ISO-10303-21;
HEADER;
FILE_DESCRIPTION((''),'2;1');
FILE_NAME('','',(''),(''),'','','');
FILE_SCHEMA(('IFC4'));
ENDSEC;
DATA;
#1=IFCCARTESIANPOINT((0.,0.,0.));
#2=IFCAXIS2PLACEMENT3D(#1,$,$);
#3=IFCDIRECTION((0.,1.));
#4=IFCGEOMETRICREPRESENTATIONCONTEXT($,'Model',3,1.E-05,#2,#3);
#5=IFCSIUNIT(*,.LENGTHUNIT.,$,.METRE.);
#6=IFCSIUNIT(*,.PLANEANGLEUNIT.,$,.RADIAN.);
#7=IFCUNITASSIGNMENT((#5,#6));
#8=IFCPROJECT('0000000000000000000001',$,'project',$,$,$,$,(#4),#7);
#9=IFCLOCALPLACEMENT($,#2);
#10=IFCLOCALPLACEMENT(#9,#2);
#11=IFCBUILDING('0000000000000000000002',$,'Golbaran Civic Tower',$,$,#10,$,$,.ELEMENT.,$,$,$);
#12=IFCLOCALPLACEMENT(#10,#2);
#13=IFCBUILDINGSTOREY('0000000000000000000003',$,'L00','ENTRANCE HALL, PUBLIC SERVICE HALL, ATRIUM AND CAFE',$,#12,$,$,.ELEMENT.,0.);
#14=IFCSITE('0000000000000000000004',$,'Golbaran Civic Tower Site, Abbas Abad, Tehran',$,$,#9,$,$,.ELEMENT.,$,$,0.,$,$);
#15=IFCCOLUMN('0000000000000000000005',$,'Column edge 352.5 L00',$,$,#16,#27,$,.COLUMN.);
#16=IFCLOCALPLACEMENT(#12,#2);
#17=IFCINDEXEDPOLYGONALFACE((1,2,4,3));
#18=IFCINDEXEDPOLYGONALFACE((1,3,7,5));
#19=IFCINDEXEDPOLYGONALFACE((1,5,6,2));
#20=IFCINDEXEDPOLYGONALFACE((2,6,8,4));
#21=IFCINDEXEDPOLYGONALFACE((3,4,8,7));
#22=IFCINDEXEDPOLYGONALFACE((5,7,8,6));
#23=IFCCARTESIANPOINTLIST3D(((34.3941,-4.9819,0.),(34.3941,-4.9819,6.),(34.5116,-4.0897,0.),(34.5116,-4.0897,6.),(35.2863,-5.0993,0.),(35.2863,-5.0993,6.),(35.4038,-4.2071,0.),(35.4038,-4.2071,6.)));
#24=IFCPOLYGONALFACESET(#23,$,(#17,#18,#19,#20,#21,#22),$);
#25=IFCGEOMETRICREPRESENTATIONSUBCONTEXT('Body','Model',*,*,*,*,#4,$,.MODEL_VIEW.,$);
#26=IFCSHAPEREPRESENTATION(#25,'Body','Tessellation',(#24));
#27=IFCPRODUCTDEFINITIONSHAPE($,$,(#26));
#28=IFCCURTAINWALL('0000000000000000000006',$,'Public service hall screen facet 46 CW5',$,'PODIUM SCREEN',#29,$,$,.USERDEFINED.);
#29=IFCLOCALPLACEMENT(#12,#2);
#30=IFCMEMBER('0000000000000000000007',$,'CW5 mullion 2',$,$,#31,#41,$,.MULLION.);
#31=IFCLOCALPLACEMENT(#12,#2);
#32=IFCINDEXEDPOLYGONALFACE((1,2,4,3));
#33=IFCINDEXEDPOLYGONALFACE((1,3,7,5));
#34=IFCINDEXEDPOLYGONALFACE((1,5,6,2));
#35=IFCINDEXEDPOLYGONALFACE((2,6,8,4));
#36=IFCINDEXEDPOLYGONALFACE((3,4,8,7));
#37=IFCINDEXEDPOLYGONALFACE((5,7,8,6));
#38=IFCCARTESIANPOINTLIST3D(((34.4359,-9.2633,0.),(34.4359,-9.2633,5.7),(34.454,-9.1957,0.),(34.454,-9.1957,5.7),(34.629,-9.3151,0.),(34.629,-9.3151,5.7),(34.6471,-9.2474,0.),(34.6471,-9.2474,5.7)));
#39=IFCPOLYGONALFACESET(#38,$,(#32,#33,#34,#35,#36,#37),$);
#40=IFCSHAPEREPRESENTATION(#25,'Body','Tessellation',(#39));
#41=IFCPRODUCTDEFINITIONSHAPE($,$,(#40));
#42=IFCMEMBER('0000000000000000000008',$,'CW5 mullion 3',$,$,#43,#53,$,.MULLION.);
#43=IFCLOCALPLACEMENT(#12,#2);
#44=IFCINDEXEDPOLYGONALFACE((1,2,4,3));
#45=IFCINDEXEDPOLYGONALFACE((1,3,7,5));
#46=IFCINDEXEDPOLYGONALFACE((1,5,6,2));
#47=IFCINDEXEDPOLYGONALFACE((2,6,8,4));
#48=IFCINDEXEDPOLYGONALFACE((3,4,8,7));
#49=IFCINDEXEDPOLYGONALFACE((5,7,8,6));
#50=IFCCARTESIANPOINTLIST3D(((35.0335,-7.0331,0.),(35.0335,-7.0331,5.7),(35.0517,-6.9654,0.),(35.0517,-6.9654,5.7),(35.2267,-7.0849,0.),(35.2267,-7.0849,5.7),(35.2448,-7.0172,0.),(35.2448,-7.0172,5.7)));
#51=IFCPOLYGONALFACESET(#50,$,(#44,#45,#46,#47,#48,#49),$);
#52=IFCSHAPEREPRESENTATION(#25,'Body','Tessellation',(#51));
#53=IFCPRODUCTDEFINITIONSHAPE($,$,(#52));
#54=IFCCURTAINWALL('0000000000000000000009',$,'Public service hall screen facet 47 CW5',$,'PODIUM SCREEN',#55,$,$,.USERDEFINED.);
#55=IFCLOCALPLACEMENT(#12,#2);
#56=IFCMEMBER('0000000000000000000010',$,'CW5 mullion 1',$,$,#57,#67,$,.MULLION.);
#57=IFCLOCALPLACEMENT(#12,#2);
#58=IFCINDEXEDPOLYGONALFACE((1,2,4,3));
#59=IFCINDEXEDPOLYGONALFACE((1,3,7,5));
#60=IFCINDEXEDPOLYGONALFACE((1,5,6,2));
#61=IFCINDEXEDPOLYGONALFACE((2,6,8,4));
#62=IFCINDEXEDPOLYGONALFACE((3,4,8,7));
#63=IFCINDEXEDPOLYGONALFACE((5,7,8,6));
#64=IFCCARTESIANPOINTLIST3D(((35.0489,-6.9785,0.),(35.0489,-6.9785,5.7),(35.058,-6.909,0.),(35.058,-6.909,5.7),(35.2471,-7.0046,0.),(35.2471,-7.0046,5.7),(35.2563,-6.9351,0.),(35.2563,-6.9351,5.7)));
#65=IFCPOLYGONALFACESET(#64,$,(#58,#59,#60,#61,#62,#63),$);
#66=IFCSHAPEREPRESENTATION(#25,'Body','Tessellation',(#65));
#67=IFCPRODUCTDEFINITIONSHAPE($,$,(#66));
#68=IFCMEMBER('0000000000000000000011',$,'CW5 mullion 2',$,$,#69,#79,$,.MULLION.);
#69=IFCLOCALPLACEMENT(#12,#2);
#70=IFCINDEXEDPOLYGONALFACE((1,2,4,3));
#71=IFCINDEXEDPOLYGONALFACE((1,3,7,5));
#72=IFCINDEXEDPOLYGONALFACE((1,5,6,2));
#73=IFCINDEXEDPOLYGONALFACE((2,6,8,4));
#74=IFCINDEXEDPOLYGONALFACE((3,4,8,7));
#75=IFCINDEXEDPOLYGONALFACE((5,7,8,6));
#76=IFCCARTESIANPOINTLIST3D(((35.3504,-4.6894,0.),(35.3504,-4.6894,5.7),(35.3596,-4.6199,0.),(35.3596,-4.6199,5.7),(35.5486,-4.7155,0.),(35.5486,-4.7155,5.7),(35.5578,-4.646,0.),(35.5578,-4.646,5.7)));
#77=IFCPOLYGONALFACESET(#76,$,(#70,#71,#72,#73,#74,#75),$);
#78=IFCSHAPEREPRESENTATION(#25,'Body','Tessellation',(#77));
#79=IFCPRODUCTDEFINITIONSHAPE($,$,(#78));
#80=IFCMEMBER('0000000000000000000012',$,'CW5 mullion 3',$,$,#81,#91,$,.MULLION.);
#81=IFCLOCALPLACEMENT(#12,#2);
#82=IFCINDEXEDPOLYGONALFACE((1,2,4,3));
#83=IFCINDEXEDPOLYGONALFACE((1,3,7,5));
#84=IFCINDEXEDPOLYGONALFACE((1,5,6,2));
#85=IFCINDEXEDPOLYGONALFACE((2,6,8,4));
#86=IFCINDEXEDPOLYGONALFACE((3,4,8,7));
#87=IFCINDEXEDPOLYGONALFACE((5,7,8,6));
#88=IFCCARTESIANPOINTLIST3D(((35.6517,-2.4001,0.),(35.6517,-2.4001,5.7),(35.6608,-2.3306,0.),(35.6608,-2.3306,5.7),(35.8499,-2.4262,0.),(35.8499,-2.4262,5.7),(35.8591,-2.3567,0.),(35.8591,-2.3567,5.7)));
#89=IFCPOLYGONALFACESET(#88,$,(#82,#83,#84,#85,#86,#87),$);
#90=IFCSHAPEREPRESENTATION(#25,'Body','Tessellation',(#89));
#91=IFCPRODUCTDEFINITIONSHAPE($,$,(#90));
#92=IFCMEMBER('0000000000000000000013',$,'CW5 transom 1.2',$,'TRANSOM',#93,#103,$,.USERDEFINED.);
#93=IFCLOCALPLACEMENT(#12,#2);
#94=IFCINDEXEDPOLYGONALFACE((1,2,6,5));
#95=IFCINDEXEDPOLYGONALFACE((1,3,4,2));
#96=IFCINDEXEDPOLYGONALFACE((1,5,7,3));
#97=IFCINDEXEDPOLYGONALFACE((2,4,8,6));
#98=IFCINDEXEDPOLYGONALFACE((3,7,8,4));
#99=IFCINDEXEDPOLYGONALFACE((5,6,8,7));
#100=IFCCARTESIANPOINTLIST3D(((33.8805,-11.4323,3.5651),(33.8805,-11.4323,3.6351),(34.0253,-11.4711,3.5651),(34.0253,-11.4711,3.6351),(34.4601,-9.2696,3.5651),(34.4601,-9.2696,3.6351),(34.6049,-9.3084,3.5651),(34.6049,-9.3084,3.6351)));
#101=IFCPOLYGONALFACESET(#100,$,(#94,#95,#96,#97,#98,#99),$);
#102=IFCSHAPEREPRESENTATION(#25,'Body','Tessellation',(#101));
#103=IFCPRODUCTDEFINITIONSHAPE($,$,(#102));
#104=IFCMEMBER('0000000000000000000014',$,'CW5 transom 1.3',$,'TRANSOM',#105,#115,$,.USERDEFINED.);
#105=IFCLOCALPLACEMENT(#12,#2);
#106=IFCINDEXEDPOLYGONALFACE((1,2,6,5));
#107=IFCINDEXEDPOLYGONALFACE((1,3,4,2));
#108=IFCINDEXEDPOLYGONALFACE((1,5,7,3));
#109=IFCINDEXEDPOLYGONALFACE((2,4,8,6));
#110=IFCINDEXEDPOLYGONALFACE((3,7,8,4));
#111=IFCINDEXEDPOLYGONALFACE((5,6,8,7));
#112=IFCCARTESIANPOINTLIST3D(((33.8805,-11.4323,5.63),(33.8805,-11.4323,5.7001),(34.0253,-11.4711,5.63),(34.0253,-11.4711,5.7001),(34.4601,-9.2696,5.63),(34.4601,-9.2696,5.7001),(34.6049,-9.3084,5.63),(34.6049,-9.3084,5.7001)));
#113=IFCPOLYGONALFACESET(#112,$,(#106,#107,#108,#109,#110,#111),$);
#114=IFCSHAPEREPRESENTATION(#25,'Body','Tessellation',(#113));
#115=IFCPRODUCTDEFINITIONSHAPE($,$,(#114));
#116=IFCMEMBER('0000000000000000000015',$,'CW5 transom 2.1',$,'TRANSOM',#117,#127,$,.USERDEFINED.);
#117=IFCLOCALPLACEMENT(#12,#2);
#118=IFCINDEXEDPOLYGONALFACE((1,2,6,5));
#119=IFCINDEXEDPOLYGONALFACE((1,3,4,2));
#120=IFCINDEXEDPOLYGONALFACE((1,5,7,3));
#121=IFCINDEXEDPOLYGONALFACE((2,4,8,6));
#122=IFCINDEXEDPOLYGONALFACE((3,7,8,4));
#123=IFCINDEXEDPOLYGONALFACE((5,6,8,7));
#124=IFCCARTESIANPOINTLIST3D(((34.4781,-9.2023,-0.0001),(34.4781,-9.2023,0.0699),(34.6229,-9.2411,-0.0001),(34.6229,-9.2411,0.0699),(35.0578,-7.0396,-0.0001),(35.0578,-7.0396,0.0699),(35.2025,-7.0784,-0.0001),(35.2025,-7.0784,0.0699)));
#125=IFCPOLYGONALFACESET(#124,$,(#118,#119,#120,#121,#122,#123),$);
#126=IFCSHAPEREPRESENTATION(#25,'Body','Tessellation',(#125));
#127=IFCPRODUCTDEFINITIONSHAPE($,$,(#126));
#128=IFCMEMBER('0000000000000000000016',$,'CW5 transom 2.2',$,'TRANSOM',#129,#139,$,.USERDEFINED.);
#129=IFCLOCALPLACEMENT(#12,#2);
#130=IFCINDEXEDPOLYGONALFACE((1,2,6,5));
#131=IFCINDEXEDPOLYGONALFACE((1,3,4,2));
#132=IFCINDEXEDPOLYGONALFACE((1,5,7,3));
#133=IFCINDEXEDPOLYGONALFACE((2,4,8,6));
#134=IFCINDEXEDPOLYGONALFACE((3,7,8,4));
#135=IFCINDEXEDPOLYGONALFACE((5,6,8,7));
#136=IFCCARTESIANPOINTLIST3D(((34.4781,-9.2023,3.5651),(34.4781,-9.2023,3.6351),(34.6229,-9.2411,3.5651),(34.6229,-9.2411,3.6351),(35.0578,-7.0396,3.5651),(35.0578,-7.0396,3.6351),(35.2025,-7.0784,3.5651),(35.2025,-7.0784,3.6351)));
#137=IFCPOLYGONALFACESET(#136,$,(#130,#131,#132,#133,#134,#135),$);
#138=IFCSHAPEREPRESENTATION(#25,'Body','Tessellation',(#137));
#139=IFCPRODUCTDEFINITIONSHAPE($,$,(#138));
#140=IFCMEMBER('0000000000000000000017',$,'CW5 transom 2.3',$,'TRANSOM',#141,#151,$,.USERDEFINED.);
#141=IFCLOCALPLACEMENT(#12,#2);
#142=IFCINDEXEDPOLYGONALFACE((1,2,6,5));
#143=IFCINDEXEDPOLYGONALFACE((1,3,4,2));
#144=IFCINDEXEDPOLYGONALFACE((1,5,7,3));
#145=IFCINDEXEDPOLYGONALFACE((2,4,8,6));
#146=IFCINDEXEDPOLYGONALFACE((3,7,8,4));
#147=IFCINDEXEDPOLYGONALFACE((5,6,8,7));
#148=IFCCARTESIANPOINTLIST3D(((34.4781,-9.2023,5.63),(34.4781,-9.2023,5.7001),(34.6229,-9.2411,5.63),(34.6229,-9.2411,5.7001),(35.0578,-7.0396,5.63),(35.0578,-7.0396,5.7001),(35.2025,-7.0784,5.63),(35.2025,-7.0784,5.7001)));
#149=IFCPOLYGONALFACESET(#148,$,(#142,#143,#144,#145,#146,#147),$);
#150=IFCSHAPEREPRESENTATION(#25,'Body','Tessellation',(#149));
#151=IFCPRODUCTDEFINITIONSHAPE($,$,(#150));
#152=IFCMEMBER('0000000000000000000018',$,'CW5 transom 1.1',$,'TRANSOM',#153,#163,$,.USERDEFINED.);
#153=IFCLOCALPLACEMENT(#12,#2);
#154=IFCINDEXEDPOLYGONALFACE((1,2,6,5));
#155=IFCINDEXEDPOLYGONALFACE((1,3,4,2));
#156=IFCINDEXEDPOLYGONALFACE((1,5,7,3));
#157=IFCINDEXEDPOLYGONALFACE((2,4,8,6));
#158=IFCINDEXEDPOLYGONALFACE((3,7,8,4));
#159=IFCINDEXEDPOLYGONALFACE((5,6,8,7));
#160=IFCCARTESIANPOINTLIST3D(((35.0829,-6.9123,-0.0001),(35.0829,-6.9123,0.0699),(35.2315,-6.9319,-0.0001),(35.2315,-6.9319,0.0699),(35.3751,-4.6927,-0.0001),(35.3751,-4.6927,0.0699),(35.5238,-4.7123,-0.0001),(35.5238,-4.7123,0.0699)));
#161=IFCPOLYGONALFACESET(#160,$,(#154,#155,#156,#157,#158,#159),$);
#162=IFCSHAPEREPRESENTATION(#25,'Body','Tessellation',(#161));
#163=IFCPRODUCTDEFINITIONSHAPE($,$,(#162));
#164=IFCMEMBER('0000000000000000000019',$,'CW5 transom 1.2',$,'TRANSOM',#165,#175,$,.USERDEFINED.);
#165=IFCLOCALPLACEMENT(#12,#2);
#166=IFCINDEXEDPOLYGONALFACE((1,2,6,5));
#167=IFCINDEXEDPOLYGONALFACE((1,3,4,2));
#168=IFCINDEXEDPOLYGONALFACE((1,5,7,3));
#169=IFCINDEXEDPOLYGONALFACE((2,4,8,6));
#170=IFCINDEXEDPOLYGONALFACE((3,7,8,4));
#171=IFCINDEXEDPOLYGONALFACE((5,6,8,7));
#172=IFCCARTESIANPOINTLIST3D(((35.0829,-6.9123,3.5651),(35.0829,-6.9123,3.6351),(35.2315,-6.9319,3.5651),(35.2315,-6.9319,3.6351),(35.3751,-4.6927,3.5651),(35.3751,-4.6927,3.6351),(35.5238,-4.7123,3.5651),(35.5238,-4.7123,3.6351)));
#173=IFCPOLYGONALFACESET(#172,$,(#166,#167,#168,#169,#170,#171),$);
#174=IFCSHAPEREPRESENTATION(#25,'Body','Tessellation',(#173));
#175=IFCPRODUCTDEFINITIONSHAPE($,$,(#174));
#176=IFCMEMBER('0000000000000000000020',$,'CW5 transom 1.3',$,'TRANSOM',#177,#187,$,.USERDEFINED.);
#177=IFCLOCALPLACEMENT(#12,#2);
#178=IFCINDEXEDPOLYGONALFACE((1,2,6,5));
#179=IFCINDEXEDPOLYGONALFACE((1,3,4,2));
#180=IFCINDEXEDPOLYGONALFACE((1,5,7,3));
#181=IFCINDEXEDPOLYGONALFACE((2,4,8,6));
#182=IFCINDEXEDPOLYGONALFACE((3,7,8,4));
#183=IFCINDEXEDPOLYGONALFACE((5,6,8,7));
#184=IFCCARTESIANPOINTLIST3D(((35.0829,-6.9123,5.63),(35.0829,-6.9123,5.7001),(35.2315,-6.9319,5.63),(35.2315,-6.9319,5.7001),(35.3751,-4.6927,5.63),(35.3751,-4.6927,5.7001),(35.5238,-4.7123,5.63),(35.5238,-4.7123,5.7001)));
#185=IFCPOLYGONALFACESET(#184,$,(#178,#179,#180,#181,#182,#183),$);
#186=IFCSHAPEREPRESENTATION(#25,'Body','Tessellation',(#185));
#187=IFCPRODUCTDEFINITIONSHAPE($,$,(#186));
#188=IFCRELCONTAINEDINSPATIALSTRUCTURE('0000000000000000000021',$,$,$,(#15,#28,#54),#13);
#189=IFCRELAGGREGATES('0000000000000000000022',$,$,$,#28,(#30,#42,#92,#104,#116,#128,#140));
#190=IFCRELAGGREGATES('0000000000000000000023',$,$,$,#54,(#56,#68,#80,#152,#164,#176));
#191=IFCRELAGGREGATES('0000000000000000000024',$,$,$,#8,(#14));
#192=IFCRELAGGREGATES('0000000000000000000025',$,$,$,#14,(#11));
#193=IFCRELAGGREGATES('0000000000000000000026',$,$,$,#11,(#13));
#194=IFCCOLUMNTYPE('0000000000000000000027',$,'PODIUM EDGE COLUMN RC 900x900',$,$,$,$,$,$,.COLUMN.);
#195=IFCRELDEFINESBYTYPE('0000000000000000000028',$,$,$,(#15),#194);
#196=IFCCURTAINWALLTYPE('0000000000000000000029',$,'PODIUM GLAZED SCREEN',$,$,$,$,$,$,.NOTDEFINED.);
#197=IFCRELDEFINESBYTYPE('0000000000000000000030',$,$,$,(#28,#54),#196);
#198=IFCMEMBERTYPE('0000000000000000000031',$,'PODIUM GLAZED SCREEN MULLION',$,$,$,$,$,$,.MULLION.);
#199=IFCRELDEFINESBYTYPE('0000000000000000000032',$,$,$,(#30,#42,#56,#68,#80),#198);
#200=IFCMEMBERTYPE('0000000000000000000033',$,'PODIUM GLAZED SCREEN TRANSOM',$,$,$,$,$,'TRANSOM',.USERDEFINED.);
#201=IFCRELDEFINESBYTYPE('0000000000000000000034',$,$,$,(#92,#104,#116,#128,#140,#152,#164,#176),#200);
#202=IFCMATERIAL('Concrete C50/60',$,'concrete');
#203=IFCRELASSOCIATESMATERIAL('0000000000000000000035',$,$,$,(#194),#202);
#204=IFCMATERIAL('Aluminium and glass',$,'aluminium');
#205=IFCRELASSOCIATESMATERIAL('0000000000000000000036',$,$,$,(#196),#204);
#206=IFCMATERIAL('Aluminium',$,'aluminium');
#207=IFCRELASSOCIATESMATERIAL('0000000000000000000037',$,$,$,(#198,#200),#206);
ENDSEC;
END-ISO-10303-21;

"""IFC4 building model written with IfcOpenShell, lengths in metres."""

from ifc_helpers import new_model, si_unit, direction, frame, origin, origin_2d, place, context, subcontext, project, spatial, rectangle, extrude, material, material_profile, profile_set, type_object, element, aggregate, save


model = new_model("IFC4")

# Units and contexts
model_context = context("Model", 3, precision=1e-05, world=origin(), true_north=direction((0.0, 1.0)))
body_context = subcontext(model_context, "Body", "Model", "MODEL_VIEW")
ifc_project = project(units=[si_unit("LENGTHUNIT", "METRE"), si_unit("PLANEANGLEUNIT", "RADIAN")], contexts=[model_context])

# Site, building, storey
site_placement = place(None, origin())
site = spatial("IfcSite", under=ifc_project, at=site_placement, Name="Golbaran Civic Tower Site, Abbas Abad, Tehran", CompositionType="ELEMENT", RefElevation=0.0)
building_placement = place(site_placement, origin())
building = spatial("IfcBuilding", under=site, at=building_placement, Name="Golbaran Civic Tower", CompositionType="ELEMENT")
storey_placement = place(building_placement, origin())
storey = spatial("IfcBuildingStorey", under=building, at=storey_placement, Name="L00", Description="ENTRANCE HALL, PUBLIC SERVICE HALL, ATRIUM AND CAFE", CompositionType="ELEMENT", Elevation=0.0)

# Column
ifc_material_1 = material(Name="Concrete C50/60", Category="concrete")
ifc_material_profile_1 = material_profile(ifc_material_1, rectangle(XDim=0.8999, YDim=0.8999, at=origin_2d()), Name="RC 900x900")
ifc_profile_set_1 = profile_set([ifc_material_profile_1], Name="Concrete C50/60")
column_type = type_object("IfcColumnType", Name="PODIUM EDGE COLUMN RC 900x900", PredefinedType="COLUMN", material=ifc_profile_set_1)
column_placement = place(storey_placement, frame((34.8989, -4.5945, 0.0), z_axis=(0.0, 0.0, 1.0), x_axis=(0.991445, -0.130526, 0.0)))
element("IfcColumn", 1, at=column_placement, inside=storey, type_object=column_type, Name="Column edge 352.5 L00", PredefinedType="COLUMN", context=body_context, shape_type="SweptSolid", body=[
    extrude(rectangle(XDim=0.8999, YDim=0.8999, at=origin_2d()), origin(), (0.0, 0.0, 1.0), 6.0),
])

# Curtain walls, members
ifc_material_2 = material(Name="Aluminium and glass", Category="aluminium")
curtain_wall_type = type_object("IfcCurtainWallType", Name="PODIUM GLAZED SCREEN", PredefinedType="NOTDEFINED", material=ifc_material_2)
curtain_wall_1_placement = place(storey_placement, origin())
curtain_wall_1 = element("IfcCurtainWall", 2, at=curtain_wall_1_placement, inside=storey, type_object=curtain_wall_type, Name="Public service hall screen facet 46 CW5", ObjectType="PODIUM SCREEN", PredefinedType="USERDEFINED")
ifc_material_3 = material(Name="Aluminium", Category="aluminium")
ifc_material_profile_2 = material_profile(ifc_material_3, rectangle(XDim=0.2, YDim=0.0701, at=origin_2d()), Name="PODIUM GLAZED SCREEN MULLION")
ifc_profile_set_2 = profile_set([ifc_material_profile_2], Name="Aluminium")
member_type_1 = type_object("IfcMemberType", Name="PODIUM GLAZED SCREEN MULLION", PredefinedType="MULLION", material=ifc_profile_set_2)
member_1_placement = place(storey_placement, frame((34.5415, -9.2554, 0.0), z_axis=(0.0, 0.0, 1.0), x_axis=(-0.965926, 0.258819, 0.0)))
member_1 = element("IfcMember", 3, at=member_1_placement, type_object=member_type_1, Name="CW5 mullion 2", PredefinedType="MULLION", context=body_context, shape_type="SweptSolid", body=[
    extrude(rectangle(XDim=0.2, YDim=0.0701, at=origin_2d()), origin(), (0.0, 0.0, 1.0), 5.7),
])
member_2_placement = place(storey_placement, frame((35.1392, -7.0251, 0.0), z_axis=(0.0, 0.0, 1.0), x_axis=(-0.965926, 0.258819, 0.0)))
member_2 = element("IfcMember", 4, at=member_2_placement, type_object=member_type_1, Name="CW5 mullion 3", PredefinedType="MULLION", context=body_context, shape_type="SweptSolid", body=[
    extrude(rectangle(XDim=0.2, YDim=0.0701, at=origin_2d()), origin(), (0.0, 0.0, 1.0), 5.7),
])
curtain_wall_2_placement = place(storey_placement, origin())
curtain_wall_2 = element("IfcCurtainWall", 5, at=curtain_wall_2_placement, inside=storey, type_object=curtain_wall_type, Name="Public service hall screen facet 47 CW5", ObjectType="PODIUM SCREEN", PredefinedType="USERDEFINED")
member_3_placement = place(storey_placement, frame((35.1526, -6.9568, 0.0), z_axis=(0.0, 0.0, 1.0), x_axis=(-0.991445, 0.130526, 0.0)))
member_3 = element("IfcMember", 6, at=member_3_placement, type_object=member_type_1, Name="CW5 mullion 1", PredefinedType="MULLION", context=body_context, shape_type="SweptSolid", body=[
    extrude(rectangle(XDim=0.2, YDim=0.0701, at=origin_2d()), origin(), (0.0, 0.0, 1.0), 5.7),
])
member_4_placement = place(storey_placement, frame((35.4541, -4.6677, 0.0), z_axis=(0.0, 0.0, 1.0), x_axis=(-0.991445, 0.130526, 0.0)))
member_4 = element("IfcMember", 7, at=member_4_placement, type_object=member_type_1, Name="CW5 mullion 2", PredefinedType="MULLION", context=body_context, shape_type="SweptSolid", body=[
    extrude(rectangle(XDim=0.2, YDim=0.0701, at=origin_2d()), origin(), (0.0, 0.0, 1.0), 5.7),
])
member_5_placement = place(storey_placement, frame((35.7554, -2.3784, 0.0), z_axis=(0.0, 0.0, 1.0), x_axis=(-0.991445, 0.130526, 0.0)))
member_5 = element("IfcMember", 8, at=member_5_placement, type_object=member_type_1, Name="CW5 mullion 3", PredefinedType="MULLION", context=body_context, shape_type="SweptSolid", body=[
    extrude(rectangle(XDim=0.2, YDim=0.0701, at=origin_2d()), origin(), (0.0, 0.0, 1.0), 5.7),
])

# Members
ifc_material_profile_3 = material_profile(ifc_material_3, rectangle(XDim=0.1499, YDim=0.0701, at=origin_2d()), Name="PODIUM GLAZED SCREEN TRANSOM")
ifc_profile_set_3 = profile_set([ifc_material_profile_3], Name="Aluminium")
member_type_2 = type_object("IfcMemberType", Name="PODIUM GLAZED SCREEN TRANSOM", ElementType="TRANSOM", PredefinedType="USERDEFINED", material=ifc_profile_set_3)
member_6_placement = place(storey_placement, frame((33.9529, -11.4517, 3.6001), z_axis=(0.258871, 0.965912, 0.0), x_axis=(-0.965912, 0.258871, 0.0)))
member_6 = element("IfcMember", 9, at=member_6_placement, type_object=member_type_2, Name="CW5 transom 1.2", ObjectType="TRANSOM", PredefinedType="USERDEFINED", context=body_context, shape_type="SweptSolid", body=[
    extrude(rectangle(XDim=0.1499, YDim=0.0701, at=origin_2d()), origin(), (0.0, 0.0, 1.0), 2.239),
])
member_7_placement = place(storey_placement, frame((33.9529, -11.4517, 5.665), z_axis=(0.258871, 0.965912, 0.0), x_axis=(-0.965912, 0.258871, 0.0)))
member_7 = element("IfcMember", 10, at=member_7_placement, type_object=member_type_2, Name="CW5 transom 1.3", ObjectType="TRANSOM", PredefinedType="USERDEFINED", context=body_context, shape_type="SweptSolid", body=[
    extrude(rectangle(XDim=0.1499, YDim=0.0701, at=origin_2d()), origin(), (0.0, 0.0, 1.0), 2.239),
])
member_8_placement = place(storey_placement, frame((34.5505, -9.2217, 0.0349), z_axis=(0.258871, 0.965912, 0.0), x_axis=(-0.965912, 0.258871, 0.0)))
member_8 = element("IfcMember", 11, at=member_8_placement, type_object=member_type_2, Name="CW5 transom 2.1", ObjectType="TRANSOM", PredefinedType="USERDEFINED", context=body_context, shape_type="SweptSolid", body=[
    extrude(rectangle(XDim=0.1499, YDim=0.0701, at=origin_2d()), origin(), (0.0, 0.0, 1.0), 2.239),
])
member_9_placement = place(storey_placement, frame((34.5505, -9.2217, 3.6001), z_axis=(0.258871, 0.965912, 0.0), x_axis=(-0.965912, 0.258871, 0.0)))
member_9 = element("IfcMember", 12, at=member_9_placement, type_object=member_type_2, Name="CW5 transom 2.2", ObjectType="TRANSOM", PredefinedType="USERDEFINED", context=body_context, shape_type="SweptSolid", body=[
    extrude(rectangle(XDim=0.1499, YDim=0.0701, at=origin_2d()), origin(), (0.0, 0.0, 1.0), 2.239),
])
member_10_placement = place(storey_placement, frame((34.5505, -9.2217, 5.665), z_axis=(0.258871, 0.965912, 0.0), x_axis=(-0.965912, 0.258871, 0.0)))
member_10 = element("IfcMember", 13, at=member_10_placement, type_object=member_type_2, Name="CW5 transom 2.3", ObjectType="TRANSOM", PredefinedType="USERDEFINED", context=body_context, shape_type="SweptSolid", body=[
    extrude(rectangle(XDim=0.1499, YDim=0.0701, at=origin_2d()), origin(), (0.0, 0.0, 1.0), 2.239),
])
member_11_placement = place(storey_placement, frame((35.1572, -6.9221, 0.0349), z_axis=(0.130528, 0.991445, 0.0), x_axis=(-0.991445, 0.130528, 0.0)))
member_11 = element("IfcMember", 14, at=member_11_placement, type_object=member_type_2, Name="CW5 transom 1.1", ObjectType="TRANSOM", PredefinedType="USERDEFINED", context=body_context, shape_type="SweptSolid", body=[
    extrude(rectangle(XDim=0.1499, YDim=0.0701, at=origin_2d()), origin(), (0.0, 0.0, 1.0), 2.2388),
])
member_12_placement = place(storey_placement, frame((35.1572, -6.9221, 3.6001), z_axis=(0.130528, 0.991445, 0.0), x_axis=(-0.991445, 0.130528, 0.0)))
member_12 = element("IfcMember", 15, at=member_12_placement, type_object=member_type_2, Name="CW5 transom 1.2", ObjectType="TRANSOM", PredefinedType="USERDEFINED", context=body_context, shape_type="SweptSolid", body=[
    extrude(rectangle(XDim=0.1499, YDim=0.0701, at=origin_2d()), origin(), (0.0, 0.0, 1.0), 2.2388),
])
member_13_placement = place(storey_placement, frame((35.1572, -6.9221, 5.665), z_axis=(0.130528, 0.991445, 0.0), x_axis=(-0.991445, 0.130528, 0.0)))
member_13 = element("IfcMember", 16, at=member_13_placement, type_object=member_type_2, Name="CW5 transom 1.3", ObjectType="TRANSOM", PredefinedType="USERDEFINED", context=body_context, shape_type="SweptSolid", body=[
    extrude(rectangle(XDim=0.1499, YDim=0.0701, at=origin_2d()), origin(), (0.0, 0.0, 1.0), 2.2388),
])

aggregate(curtain_wall_1, [member_1, member_2, member_6, member_7, member_8, member_9, member_10])
aggregate(curtain_wall_2, [member_3, member_4, member_5, member_11, member_12, member_13])

save(model, "model.ifc")
